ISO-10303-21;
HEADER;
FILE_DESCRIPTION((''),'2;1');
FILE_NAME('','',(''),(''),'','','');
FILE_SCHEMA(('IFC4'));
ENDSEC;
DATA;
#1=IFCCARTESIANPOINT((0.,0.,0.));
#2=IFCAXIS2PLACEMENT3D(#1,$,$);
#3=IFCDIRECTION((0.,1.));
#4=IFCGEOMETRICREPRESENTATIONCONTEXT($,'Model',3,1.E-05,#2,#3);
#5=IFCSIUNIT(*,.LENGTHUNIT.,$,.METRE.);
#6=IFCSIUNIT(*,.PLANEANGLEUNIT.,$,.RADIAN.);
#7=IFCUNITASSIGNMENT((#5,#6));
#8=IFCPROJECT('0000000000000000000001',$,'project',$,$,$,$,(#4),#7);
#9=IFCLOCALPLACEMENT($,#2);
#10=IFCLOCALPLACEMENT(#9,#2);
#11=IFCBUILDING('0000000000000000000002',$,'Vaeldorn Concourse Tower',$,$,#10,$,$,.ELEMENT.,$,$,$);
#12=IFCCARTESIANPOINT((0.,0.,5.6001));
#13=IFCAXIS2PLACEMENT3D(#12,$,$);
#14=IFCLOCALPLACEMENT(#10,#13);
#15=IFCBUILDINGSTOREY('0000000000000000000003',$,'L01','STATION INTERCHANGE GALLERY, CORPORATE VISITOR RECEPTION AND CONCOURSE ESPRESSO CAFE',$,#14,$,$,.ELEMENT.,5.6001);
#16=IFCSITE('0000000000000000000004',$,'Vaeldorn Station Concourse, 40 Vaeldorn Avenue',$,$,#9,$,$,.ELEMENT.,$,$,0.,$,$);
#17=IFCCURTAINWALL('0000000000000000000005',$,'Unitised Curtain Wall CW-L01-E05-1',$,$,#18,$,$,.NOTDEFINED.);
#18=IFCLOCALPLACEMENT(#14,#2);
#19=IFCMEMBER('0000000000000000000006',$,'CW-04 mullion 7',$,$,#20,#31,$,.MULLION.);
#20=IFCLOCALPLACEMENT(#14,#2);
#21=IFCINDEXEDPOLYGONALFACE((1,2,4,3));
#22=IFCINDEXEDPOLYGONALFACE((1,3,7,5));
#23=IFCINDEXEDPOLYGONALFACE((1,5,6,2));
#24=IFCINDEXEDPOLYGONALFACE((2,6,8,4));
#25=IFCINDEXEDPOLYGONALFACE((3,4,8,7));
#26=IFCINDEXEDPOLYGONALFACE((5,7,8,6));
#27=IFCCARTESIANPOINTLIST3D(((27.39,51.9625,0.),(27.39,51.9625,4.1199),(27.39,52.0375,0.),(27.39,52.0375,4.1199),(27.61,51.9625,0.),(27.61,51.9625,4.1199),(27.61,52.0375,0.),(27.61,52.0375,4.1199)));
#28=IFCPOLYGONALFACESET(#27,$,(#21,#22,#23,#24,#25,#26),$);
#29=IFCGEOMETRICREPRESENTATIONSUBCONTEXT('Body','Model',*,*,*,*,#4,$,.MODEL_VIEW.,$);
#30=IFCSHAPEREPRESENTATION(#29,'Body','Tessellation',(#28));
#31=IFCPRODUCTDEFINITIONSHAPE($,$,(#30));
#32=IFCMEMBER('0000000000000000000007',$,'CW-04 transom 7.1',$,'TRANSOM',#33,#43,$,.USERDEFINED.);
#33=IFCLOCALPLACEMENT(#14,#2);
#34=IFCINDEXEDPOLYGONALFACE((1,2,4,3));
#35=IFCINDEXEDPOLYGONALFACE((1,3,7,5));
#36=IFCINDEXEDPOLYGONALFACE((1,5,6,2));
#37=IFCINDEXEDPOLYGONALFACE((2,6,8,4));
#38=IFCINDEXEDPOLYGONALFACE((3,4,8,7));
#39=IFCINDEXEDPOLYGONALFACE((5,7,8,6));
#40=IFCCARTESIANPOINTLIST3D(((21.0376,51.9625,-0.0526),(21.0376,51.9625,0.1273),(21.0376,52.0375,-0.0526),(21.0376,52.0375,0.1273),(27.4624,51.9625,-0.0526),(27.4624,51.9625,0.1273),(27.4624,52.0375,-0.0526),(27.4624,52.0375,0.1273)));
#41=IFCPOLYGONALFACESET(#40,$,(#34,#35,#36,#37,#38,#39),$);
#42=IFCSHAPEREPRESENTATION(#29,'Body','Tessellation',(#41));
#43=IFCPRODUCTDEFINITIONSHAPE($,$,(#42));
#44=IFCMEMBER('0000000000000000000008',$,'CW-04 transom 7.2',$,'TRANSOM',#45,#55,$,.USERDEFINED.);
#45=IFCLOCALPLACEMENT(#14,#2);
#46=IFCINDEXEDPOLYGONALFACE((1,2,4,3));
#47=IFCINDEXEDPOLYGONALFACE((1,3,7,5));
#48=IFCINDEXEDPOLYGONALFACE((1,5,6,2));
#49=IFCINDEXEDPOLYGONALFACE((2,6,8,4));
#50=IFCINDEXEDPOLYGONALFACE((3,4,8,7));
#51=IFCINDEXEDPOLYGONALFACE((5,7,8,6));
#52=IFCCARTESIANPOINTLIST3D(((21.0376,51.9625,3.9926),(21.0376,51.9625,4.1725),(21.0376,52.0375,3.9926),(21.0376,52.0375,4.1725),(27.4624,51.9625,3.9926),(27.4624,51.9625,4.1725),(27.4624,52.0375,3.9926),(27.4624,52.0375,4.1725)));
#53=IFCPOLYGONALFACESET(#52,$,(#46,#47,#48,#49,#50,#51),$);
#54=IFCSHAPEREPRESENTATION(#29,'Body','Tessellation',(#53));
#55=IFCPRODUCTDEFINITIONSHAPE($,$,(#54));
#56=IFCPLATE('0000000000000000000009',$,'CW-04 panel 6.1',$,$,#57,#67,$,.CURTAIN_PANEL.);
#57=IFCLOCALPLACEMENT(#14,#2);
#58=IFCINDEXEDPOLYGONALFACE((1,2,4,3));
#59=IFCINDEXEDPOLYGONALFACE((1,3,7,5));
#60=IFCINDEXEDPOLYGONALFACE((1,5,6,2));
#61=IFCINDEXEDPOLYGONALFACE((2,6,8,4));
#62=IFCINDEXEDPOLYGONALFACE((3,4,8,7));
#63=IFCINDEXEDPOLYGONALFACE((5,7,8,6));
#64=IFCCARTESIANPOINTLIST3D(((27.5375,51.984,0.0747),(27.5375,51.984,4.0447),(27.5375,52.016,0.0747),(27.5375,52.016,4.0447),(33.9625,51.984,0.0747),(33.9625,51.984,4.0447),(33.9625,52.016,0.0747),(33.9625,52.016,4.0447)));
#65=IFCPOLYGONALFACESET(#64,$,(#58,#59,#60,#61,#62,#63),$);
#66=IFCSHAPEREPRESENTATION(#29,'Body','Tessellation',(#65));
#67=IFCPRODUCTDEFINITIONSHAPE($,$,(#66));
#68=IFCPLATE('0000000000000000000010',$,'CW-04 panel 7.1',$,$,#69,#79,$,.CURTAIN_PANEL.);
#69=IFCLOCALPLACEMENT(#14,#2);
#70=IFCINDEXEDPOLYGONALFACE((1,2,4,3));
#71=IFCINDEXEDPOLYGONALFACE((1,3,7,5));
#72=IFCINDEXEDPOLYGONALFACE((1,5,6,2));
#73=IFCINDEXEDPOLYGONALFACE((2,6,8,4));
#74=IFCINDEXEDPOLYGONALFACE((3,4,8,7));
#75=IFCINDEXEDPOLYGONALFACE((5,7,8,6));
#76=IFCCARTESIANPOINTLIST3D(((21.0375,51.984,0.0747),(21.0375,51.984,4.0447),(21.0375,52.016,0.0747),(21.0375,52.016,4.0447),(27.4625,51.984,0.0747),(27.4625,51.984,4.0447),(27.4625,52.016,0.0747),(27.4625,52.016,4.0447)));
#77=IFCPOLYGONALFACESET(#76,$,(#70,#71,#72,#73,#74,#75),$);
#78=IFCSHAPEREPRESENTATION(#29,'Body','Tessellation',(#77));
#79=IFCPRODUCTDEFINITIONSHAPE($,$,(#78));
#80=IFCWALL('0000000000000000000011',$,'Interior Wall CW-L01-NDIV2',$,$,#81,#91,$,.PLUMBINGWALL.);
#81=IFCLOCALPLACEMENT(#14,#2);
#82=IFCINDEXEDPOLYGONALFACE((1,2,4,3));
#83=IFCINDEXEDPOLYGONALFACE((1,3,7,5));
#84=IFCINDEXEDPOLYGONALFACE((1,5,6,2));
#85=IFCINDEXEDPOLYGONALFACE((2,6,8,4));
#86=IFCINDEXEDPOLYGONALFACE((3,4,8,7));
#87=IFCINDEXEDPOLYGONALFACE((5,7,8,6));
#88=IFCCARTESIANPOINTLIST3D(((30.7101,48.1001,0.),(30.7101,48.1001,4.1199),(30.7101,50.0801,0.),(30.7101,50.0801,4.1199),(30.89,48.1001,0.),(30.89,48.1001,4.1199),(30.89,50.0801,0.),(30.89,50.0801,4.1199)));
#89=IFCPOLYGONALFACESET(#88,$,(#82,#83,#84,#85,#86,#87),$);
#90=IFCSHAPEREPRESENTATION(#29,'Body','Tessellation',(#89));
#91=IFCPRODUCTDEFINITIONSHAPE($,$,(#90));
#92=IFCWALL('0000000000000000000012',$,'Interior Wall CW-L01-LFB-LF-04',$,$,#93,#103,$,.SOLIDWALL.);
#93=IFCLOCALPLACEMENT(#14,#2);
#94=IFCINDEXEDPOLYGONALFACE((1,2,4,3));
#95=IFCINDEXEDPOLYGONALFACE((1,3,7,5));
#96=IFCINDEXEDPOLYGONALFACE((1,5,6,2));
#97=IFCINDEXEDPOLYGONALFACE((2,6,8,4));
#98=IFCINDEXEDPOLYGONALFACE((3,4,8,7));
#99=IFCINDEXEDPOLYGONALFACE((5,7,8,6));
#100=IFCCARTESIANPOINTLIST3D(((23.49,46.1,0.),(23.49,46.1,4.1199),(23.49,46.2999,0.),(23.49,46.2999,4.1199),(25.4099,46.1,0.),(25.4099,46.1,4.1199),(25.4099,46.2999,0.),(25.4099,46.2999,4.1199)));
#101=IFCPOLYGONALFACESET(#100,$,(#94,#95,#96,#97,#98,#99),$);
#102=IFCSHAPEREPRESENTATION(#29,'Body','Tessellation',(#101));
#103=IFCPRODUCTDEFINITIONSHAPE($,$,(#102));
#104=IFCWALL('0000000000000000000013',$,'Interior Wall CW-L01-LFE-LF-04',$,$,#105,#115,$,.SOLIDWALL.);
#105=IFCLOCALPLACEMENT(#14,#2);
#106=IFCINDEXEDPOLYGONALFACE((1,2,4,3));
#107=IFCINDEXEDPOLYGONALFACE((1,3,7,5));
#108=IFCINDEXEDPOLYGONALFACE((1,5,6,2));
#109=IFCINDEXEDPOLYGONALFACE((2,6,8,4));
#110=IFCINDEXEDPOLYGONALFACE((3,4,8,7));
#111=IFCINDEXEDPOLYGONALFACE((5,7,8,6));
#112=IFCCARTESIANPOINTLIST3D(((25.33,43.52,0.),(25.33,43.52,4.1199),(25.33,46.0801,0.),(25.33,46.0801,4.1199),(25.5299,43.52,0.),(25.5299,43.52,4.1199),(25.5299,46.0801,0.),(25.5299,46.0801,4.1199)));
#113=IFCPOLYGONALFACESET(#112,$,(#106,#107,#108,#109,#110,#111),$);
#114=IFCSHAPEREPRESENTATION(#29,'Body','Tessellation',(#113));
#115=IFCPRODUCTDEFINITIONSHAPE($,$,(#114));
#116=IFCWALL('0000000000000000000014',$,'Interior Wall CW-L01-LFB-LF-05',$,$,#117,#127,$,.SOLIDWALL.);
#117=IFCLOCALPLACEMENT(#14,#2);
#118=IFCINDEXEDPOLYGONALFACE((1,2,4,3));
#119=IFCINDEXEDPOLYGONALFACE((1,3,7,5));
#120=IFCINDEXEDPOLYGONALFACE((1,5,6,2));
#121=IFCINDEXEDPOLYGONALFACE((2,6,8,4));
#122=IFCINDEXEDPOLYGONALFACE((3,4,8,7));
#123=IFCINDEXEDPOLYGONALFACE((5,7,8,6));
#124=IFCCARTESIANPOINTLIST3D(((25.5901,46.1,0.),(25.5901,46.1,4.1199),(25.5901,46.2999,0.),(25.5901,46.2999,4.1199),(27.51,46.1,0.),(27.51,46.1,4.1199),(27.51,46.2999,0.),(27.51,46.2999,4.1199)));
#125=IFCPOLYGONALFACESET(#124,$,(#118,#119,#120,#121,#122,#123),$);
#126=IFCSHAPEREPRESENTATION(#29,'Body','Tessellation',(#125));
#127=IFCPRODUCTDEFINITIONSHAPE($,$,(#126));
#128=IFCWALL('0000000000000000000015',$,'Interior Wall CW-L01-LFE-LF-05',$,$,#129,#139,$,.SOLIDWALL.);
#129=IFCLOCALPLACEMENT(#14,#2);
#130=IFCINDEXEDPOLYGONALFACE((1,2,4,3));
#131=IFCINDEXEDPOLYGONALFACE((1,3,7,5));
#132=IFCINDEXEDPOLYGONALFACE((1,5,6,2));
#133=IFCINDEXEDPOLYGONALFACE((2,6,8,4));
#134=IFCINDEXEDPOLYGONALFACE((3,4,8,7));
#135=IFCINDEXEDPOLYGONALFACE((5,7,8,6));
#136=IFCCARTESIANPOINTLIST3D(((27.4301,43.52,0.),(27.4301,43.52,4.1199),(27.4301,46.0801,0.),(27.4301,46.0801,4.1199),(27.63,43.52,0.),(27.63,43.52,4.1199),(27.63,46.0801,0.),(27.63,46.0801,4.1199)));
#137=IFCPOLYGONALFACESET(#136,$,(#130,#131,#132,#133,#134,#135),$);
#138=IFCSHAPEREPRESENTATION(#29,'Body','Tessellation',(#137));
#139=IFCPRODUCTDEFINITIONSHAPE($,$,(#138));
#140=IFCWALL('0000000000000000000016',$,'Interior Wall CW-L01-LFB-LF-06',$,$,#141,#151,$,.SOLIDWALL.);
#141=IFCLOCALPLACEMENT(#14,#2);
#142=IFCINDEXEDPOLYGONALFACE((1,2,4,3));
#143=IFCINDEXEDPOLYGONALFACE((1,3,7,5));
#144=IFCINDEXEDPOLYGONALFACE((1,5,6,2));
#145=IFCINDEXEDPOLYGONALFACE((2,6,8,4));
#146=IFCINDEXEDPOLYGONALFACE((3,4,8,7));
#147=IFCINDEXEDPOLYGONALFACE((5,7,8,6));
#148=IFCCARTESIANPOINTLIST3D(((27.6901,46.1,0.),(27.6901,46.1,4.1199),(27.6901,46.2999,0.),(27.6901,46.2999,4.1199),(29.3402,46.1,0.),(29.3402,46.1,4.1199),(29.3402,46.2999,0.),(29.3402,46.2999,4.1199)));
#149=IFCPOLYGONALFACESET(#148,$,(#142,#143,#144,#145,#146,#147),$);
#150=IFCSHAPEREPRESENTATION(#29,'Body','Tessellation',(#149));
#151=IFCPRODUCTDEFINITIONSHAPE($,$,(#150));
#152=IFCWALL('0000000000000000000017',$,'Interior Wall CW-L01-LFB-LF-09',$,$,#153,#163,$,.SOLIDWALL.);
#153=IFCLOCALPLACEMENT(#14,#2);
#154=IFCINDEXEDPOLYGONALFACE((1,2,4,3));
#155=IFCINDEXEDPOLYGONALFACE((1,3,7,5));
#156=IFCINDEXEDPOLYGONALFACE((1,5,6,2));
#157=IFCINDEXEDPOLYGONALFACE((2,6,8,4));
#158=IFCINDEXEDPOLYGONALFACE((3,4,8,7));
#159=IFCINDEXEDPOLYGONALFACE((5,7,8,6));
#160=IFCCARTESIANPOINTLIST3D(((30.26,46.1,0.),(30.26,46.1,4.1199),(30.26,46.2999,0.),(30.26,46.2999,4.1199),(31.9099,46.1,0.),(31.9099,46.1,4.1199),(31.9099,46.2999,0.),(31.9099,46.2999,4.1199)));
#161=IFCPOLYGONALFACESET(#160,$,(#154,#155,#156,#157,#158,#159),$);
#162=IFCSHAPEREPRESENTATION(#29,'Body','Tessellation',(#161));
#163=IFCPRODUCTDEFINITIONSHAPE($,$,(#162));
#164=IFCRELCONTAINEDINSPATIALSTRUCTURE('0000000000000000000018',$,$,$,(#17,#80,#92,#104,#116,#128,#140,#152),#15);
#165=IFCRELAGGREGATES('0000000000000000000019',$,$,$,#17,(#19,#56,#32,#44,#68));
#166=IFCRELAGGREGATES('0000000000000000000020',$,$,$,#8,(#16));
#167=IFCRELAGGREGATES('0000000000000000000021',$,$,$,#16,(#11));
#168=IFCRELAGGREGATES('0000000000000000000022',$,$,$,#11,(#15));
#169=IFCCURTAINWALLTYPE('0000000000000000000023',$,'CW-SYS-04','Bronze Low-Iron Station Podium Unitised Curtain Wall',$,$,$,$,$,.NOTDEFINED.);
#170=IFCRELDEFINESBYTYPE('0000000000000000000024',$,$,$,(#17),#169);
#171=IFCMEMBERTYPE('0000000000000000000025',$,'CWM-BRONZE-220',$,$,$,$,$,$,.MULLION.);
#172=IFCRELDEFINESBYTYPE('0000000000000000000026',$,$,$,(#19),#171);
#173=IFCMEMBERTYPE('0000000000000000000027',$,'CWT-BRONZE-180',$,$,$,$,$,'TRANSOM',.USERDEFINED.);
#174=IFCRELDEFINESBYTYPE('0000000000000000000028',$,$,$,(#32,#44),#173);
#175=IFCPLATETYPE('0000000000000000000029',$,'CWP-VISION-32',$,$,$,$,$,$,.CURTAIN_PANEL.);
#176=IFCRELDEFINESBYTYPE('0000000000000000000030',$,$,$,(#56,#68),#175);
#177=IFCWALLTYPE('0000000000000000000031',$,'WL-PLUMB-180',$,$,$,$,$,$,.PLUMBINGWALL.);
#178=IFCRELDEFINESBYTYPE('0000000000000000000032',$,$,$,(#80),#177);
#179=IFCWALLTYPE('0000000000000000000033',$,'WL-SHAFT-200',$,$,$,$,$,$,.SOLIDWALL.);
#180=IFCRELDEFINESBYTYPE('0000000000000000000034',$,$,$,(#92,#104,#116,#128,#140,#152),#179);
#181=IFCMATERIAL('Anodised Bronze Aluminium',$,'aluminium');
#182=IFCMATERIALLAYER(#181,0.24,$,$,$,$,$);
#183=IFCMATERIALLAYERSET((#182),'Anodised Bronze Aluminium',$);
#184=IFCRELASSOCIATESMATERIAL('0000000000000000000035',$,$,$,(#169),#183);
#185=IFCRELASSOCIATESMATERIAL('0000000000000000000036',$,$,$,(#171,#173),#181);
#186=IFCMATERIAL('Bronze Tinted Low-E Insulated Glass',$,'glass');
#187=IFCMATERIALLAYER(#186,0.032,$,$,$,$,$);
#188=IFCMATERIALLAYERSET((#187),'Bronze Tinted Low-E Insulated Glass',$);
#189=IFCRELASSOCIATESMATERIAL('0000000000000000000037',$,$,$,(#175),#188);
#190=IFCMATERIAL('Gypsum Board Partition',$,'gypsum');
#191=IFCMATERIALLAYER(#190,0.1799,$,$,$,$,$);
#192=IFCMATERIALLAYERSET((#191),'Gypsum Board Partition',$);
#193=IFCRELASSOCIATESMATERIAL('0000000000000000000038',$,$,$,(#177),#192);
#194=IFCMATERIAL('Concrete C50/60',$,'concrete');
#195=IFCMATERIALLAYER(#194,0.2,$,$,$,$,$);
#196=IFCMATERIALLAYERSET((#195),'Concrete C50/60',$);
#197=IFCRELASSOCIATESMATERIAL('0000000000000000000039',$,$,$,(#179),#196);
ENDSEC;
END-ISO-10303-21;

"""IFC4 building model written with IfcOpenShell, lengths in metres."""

from ifc_helpers import new_model, si_unit, direction, frame, frame_2d, origin, origin_2d, place, context, subcontext, project, spatial, rectangle, extrude, source, transform, mapped, material, layer, layer_set, material_profile, profile_set, type_object, element, aggregate, save


model = new_model("IFC4")

# Units and contexts
model_context = context("Model", 3, precision=1e-05, world=origin(), true_north=direction((0.0, 1.0)))
body_context = subcontext(model_context, "Body", "Model", "MODEL_VIEW")
ifc_project = project(units=[si_unit("LENGTHUNIT", "METRE"), si_unit("PLANEANGLEUNIT", "RADIAN")], contexts=[model_context])

# Site, building, storey
site_placement = place(None, origin())
site = spatial("IfcSite", under=ifc_project, at=site_placement, Name="Vaeldorn Station Concourse, 40 Vaeldorn Avenue", CompositionType="ELEMENT", RefElevation=0.0)
building_placement = place(site_placement, origin())
building = spatial("IfcBuilding", under=site, at=building_placement, Name="Vaeldorn Concourse Tower", CompositionType="ELEMENT")
storey_placement = place(building_placement, frame((0.0, 0.0, 5.6001)))
storey = spatial("IfcBuildingStorey", under=building, at=storey_placement, Name="L01", Description="STATION INTERCHANGE GALLERY, CORPORATE VISITOR RECEPTION AND CONCOURSE ESPRESSO CAFE", CompositionType="ELEMENT", Elevation=5.6001)

# Curtain wall, members, plates
ifc_material_1 = material(Name="Anodised Bronze Aluminium", Category="aluminium")
ifc_layer_1 = layer(ifc_material_1, 0.24)
ifc_layer_set_1 = layer_set([ifc_layer_1], Name="Anodised Bronze Aluminium")
curtain_wall_type = type_object("IfcCurtainWallType", Name="CW-SYS-04", Description="Bronze Low-Iron Station Podium Unitised Curtain Wall", PredefinedType="NOTDEFINED", material=ifc_layer_set_1)
curtain_wall_placement = place(storey_placement, origin())
curtain_wall = element("IfcCurtainWall", 1, at=curtain_wall_placement, inside=storey, type_object=curtain_wall_type, Name="Unitised Curtain Wall CW-L01-E05-1", PredefinedType="NOTDEFINED")
ifc_material_profile_1 = material_profile(ifc_material_1, rectangle(XDim=0.075, YDim=0.22, at=origin_2d()), Name="CWM 75x220")
ifc_profile_set_1 = profile_set([ifc_material_profile_1], Name="Anodised Bronze Aluminium")
member_type_1 = type_object("IfcMemberType", Name="CWM-BRONZE-220", PredefinedType="MULLION", material=ifc_profile_set_1)
shared_shape_1 = source(origin(), body_context, "Body", "SweptSolid", [
    extrude(rectangle(XDim=0.075, YDim=0.22, at=origin_2d()), origin(), (0.0, 0.0, 1.0), 4.1199),
])
member_1_placement = place(storey_placement, frame((27.5, 52.0, 0.0), z_axis=(0.0, 0.0, 1.0), x_axis=(0.0, -1.0, 0.0)))
member_1 = element("IfcMember", 2, at=member_1_placement, type_object=member_type_1, Name="CW-04 mullion 7", PredefinedType="MULLION", context=body_context, shape_type="MappedRepresentation", body=[
    mapped(shared_shape_1, transform((0.0, 0.0, 0.0), scale=1.0)),
])
ifc_material_profile_2 = material_profile(ifc_material_1, rectangle(XDim=0.075, YDim=0.1799, at=origin_2d()), Name="CWT 75x180")
ifc_profile_set_2 = profile_set([ifc_material_profile_2], Name="Anodised Bronze Aluminium")
member_type_2 = type_object("IfcMemberType", Name="CWT-BRONZE-180", ElementType="TRANSOM", PredefinedType="USERDEFINED", material=ifc_profile_set_2)
shared_shape_2 = source(origin(), body_context, "Body", "SweptSolid", [
    extrude(rectangle(XDim=0.075, YDim=0.1799, at=origin_2d()), origin(), (0.0, 0.0, 1.0), 6.4248),
])
member_2_placement = place(storey_placement, frame((27.4624, 52.0, 0.0374), z_axis=(-1.0, 0.0, 0.0), x_axis=(0.0, -1.0, 0.0)))
member_2 = element("IfcMember", 3, at=member_2_placement, type_object=member_type_2, Name="CW-04 transom 7.1", ObjectType="TRANSOM", PredefinedType="USERDEFINED", context=body_context, shape_type="MappedRepresentation", body=[
    mapped(shared_shape_2, transform((0.0, 0.0, 0.0), scale=1.0)),
])
member_3_placement = place(storey_placement, frame((27.4624, 52.0, 4.0825), z_axis=(-1.0, 0.0, 0.0), x_axis=(0.0, -1.0, 0.0)))
member_3 = element("IfcMember", 4, at=member_3_placement, type_object=member_type_2, Name="CW-04 transom 7.2", ObjectType="TRANSOM", PredefinedType="USERDEFINED", context=body_context, shape_type="MappedRepresentation", body=[
    mapped(shared_shape_2, transform((0.0, 0.0, 0.0), scale=1.0)),
])
ifc_material_2 = material(Name="Bronze Tinted Low-E Insulated Glass", Category="glass")
ifc_layer_2 = layer(ifc_material_2, 0.032)
ifc_layer_set_2 = layer_set([ifc_layer_2], Name="Bronze Tinted Low-E Insulated Glass")
plate_type = type_object("IfcPlateType", Name="CWP-VISION-32", PredefinedType="CURTAIN_PANEL", material=ifc_layer_set_2)
shared_shape_3 = source(origin(), body_context, "Body", "SweptSolid", [
    extrude(rectangle(XDim=6.425, YDim=0.032, at=origin_2d()), origin(), (0.0, 0.0, 1.0), 3.97),
])
plate_1_placement = place(storey_placement, frame((30.75, 52.0, 0.0747), z_axis=(0.0, 0.0, 1.0), x_axis=(-1.0, 0.0, 0.0)))
plate_1 = element("IfcPlate", 5, at=plate_1_placement, type_object=plate_type, Name="CW-04 panel 6.1", PredefinedType="CURTAIN_PANEL", context=body_context, shape_type="MappedRepresentation", body=[
    mapped(shared_shape_3, transform((0.0, 0.0, 0.0), scale=1.0)),
])
plate_2_placement = place(storey_placement, frame((24.25, 52.0, 0.0747), z_axis=(0.0, 0.0, 1.0), x_axis=(-1.0, 0.0, 0.0)))
plate_2 = element("IfcPlate", 6, at=plate_2_placement, type_object=plate_type, Name="CW-04 panel 7.1", PredefinedType="CURTAIN_PANEL", context=body_context, shape_type="MappedRepresentation", body=[
    mapped(shared_shape_3, transform((0.0, 0.0, 0.0), scale=1.0)),
])
aggregate(curtain_wall, [member_1, plate_1, member_2, member_3, plate_2])

# Walls
ifc_material_3 = material(Name="Gypsum Board Partition", Category="gypsum")
ifc_layer_3 = layer(ifc_material_3, 0.1799)
ifc_layer_set_3 = layer_set([ifc_layer_3], Name="Gypsum Board Partition")
wall_type_1 = type_object("IfcWallType", Name="WL-PLUMB-180", PredefinedType="PLUMBINGWALL", material=ifc_layer_set_3)
wall_1_placement = place(storey_placement, frame((30.8, 48.1001, 0.0), z_axis=(0.0, 0.0, 1.0), x_axis=(0.0, 1.0, 0.0)))
element("IfcWall", 7, at=wall_1_placement, inside=storey, type_object=wall_type_1, Name="Interior Wall CW-L01-NDIV2", PredefinedType="PLUMBINGWALL", context=body_context, shape_type="SweptSolid", body=[
    extrude(rectangle(XDim=1.98, YDim=0.1799, at=frame_2d((0.99, 0.0))), origin(), (0.0, 0.0, 1.0), 4.1199),
])
ifc_material_4 = material(Name="Concrete C50/60", Category="concrete")
ifc_layer_4 = layer(ifc_material_4, 0.2)
ifc_layer_set_4 = layer_set([ifc_layer_4], Name="Concrete C50/60")
wall_type_2 = type_object("IfcWallType", Name="WL-SHAFT-200", PredefinedType="SOLIDWALL", material=ifc_layer_set_4)
wall_2_placement = place(storey_placement, frame((23.49, 46.2, 0.0), z_axis=(0.0, 0.0, 1.0), x_axis=(1.0, 0.0, 0.0)))
element("IfcWall", 8, at=wall_2_placement, inside=storey, type_object=wall_type_2, Name="Interior Wall CW-L01-LFB-LF-04", PredefinedType="SOLIDWALL", context=body_context, shape_type="SweptSolid", body=[
    extrude(rectangle(XDim=1.9199, YDim=0.2, at=frame_2d((0.96, 0.0))), origin(), (0.0, 0.0, 1.0), 4.1199),
])
wall_3_placement = place(storey_placement, frame((25.4299, 43.52, 0.0), z_axis=(0.0, 0.0, 1.0), x_axis=(0.0, 1.0, 0.0)))
element("IfcWall", 9, at=wall_3_placement, inside=storey, type_object=wall_type_2, Name="Interior Wall CW-L01-LFE-LF-04", PredefinedType="SOLIDWALL", context=body_context, shape_type="SweptSolid", body=[
    extrude(rectangle(XDim=2.5601, YDim=0.2, at=frame_2d((1.28, 0.0))), origin(), (0.0, 0.0, 1.0), 4.1199),
])
wall_4_placement = place(storey_placement, frame((25.5901, 46.2, 0.0), z_axis=(0.0, 0.0, 1.0), x_axis=(1.0, 0.0, 0.0)))
element("IfcWall", 10, at=wall_4_placement, inside=storey, type_object=wall_type_2, Name="Interior Wall CW-L01-LFB-LF-05", PredefinedType="SOLIDWALL", context=body_context, shape_type="SweptSolid", body=[
    extrude(rectangle(XDim=1.9199, YDim=0.2, at=frame_2d((0.96, 0.0))), origin(), (0.0, 0.0, 1.0), 4.1199),
])
wall_5_placement = place(storey_placement, frame((27.53, 43.52, 0.0), z_axis=(0.0, 0.0, 1.0), x_axis=(0.0, 1.0, 0.0)))
element("IfcWall", 11, at=wall_5_placement, inside=storey, type_object=wall_type_2, Name="Interior Wall CW-L01-LFE-LF-05", PredefinedType="SOLIDWALL", context=body_context, shape_type="SweptSolid", body=[
    extrude(rectangle(XDim=2.5601, YDim=0.2, at=frame_2d((1.28, 0.0))), origin(), (0.0, 0.0, 1.0), 4.1199),
])

# Wall
wall_6_placement = place(storey_placement, frame((27.6899, 46.2, 0.0), z_axis=(0.0, 0.0, 1.0), x_axis=(1.0, 0.0, 0.0)))
element("IfcWall", 12, at=wall_6_placement, inside=storey, type_object=wall_type_2, Name="Interior Wall CW-L01-LFB-LF-06", PredefinedType="SOLIDWALL", context=body_context, shape_type="SweptSolid", body=[
    extrude(rectangle(XDim=1.6501, YDim=0.2, at=frame_2d((0.8252, 0.0))), origin(), (0.0, 0.0, 1.0), 4.1199),
])

# Wall
wall_7_placement = place(storey_placement, frame((30.26, 46.2, 0.0), z_axis=(0.0, 0.0, 1.0), x_axis=(1.0, 0.0, 0.0)))
element("IfcWall", 13, at=wall_7_placement, inside=storey, type_object=wall_type_2, Name="Interior Wall CW-L01-LFB-LF-09", PredefinedType="SOLIDWALL", context=body_context, shape_type="SweptSolid", body=[
    extrude(rectangle(XDim=1.6499, YDim=0.2, at=frame_2d((0.825, 0.0))), origin(), (0.0, 0.0, 1.0), 4.1199),
])

save(model, "model.ifc")
